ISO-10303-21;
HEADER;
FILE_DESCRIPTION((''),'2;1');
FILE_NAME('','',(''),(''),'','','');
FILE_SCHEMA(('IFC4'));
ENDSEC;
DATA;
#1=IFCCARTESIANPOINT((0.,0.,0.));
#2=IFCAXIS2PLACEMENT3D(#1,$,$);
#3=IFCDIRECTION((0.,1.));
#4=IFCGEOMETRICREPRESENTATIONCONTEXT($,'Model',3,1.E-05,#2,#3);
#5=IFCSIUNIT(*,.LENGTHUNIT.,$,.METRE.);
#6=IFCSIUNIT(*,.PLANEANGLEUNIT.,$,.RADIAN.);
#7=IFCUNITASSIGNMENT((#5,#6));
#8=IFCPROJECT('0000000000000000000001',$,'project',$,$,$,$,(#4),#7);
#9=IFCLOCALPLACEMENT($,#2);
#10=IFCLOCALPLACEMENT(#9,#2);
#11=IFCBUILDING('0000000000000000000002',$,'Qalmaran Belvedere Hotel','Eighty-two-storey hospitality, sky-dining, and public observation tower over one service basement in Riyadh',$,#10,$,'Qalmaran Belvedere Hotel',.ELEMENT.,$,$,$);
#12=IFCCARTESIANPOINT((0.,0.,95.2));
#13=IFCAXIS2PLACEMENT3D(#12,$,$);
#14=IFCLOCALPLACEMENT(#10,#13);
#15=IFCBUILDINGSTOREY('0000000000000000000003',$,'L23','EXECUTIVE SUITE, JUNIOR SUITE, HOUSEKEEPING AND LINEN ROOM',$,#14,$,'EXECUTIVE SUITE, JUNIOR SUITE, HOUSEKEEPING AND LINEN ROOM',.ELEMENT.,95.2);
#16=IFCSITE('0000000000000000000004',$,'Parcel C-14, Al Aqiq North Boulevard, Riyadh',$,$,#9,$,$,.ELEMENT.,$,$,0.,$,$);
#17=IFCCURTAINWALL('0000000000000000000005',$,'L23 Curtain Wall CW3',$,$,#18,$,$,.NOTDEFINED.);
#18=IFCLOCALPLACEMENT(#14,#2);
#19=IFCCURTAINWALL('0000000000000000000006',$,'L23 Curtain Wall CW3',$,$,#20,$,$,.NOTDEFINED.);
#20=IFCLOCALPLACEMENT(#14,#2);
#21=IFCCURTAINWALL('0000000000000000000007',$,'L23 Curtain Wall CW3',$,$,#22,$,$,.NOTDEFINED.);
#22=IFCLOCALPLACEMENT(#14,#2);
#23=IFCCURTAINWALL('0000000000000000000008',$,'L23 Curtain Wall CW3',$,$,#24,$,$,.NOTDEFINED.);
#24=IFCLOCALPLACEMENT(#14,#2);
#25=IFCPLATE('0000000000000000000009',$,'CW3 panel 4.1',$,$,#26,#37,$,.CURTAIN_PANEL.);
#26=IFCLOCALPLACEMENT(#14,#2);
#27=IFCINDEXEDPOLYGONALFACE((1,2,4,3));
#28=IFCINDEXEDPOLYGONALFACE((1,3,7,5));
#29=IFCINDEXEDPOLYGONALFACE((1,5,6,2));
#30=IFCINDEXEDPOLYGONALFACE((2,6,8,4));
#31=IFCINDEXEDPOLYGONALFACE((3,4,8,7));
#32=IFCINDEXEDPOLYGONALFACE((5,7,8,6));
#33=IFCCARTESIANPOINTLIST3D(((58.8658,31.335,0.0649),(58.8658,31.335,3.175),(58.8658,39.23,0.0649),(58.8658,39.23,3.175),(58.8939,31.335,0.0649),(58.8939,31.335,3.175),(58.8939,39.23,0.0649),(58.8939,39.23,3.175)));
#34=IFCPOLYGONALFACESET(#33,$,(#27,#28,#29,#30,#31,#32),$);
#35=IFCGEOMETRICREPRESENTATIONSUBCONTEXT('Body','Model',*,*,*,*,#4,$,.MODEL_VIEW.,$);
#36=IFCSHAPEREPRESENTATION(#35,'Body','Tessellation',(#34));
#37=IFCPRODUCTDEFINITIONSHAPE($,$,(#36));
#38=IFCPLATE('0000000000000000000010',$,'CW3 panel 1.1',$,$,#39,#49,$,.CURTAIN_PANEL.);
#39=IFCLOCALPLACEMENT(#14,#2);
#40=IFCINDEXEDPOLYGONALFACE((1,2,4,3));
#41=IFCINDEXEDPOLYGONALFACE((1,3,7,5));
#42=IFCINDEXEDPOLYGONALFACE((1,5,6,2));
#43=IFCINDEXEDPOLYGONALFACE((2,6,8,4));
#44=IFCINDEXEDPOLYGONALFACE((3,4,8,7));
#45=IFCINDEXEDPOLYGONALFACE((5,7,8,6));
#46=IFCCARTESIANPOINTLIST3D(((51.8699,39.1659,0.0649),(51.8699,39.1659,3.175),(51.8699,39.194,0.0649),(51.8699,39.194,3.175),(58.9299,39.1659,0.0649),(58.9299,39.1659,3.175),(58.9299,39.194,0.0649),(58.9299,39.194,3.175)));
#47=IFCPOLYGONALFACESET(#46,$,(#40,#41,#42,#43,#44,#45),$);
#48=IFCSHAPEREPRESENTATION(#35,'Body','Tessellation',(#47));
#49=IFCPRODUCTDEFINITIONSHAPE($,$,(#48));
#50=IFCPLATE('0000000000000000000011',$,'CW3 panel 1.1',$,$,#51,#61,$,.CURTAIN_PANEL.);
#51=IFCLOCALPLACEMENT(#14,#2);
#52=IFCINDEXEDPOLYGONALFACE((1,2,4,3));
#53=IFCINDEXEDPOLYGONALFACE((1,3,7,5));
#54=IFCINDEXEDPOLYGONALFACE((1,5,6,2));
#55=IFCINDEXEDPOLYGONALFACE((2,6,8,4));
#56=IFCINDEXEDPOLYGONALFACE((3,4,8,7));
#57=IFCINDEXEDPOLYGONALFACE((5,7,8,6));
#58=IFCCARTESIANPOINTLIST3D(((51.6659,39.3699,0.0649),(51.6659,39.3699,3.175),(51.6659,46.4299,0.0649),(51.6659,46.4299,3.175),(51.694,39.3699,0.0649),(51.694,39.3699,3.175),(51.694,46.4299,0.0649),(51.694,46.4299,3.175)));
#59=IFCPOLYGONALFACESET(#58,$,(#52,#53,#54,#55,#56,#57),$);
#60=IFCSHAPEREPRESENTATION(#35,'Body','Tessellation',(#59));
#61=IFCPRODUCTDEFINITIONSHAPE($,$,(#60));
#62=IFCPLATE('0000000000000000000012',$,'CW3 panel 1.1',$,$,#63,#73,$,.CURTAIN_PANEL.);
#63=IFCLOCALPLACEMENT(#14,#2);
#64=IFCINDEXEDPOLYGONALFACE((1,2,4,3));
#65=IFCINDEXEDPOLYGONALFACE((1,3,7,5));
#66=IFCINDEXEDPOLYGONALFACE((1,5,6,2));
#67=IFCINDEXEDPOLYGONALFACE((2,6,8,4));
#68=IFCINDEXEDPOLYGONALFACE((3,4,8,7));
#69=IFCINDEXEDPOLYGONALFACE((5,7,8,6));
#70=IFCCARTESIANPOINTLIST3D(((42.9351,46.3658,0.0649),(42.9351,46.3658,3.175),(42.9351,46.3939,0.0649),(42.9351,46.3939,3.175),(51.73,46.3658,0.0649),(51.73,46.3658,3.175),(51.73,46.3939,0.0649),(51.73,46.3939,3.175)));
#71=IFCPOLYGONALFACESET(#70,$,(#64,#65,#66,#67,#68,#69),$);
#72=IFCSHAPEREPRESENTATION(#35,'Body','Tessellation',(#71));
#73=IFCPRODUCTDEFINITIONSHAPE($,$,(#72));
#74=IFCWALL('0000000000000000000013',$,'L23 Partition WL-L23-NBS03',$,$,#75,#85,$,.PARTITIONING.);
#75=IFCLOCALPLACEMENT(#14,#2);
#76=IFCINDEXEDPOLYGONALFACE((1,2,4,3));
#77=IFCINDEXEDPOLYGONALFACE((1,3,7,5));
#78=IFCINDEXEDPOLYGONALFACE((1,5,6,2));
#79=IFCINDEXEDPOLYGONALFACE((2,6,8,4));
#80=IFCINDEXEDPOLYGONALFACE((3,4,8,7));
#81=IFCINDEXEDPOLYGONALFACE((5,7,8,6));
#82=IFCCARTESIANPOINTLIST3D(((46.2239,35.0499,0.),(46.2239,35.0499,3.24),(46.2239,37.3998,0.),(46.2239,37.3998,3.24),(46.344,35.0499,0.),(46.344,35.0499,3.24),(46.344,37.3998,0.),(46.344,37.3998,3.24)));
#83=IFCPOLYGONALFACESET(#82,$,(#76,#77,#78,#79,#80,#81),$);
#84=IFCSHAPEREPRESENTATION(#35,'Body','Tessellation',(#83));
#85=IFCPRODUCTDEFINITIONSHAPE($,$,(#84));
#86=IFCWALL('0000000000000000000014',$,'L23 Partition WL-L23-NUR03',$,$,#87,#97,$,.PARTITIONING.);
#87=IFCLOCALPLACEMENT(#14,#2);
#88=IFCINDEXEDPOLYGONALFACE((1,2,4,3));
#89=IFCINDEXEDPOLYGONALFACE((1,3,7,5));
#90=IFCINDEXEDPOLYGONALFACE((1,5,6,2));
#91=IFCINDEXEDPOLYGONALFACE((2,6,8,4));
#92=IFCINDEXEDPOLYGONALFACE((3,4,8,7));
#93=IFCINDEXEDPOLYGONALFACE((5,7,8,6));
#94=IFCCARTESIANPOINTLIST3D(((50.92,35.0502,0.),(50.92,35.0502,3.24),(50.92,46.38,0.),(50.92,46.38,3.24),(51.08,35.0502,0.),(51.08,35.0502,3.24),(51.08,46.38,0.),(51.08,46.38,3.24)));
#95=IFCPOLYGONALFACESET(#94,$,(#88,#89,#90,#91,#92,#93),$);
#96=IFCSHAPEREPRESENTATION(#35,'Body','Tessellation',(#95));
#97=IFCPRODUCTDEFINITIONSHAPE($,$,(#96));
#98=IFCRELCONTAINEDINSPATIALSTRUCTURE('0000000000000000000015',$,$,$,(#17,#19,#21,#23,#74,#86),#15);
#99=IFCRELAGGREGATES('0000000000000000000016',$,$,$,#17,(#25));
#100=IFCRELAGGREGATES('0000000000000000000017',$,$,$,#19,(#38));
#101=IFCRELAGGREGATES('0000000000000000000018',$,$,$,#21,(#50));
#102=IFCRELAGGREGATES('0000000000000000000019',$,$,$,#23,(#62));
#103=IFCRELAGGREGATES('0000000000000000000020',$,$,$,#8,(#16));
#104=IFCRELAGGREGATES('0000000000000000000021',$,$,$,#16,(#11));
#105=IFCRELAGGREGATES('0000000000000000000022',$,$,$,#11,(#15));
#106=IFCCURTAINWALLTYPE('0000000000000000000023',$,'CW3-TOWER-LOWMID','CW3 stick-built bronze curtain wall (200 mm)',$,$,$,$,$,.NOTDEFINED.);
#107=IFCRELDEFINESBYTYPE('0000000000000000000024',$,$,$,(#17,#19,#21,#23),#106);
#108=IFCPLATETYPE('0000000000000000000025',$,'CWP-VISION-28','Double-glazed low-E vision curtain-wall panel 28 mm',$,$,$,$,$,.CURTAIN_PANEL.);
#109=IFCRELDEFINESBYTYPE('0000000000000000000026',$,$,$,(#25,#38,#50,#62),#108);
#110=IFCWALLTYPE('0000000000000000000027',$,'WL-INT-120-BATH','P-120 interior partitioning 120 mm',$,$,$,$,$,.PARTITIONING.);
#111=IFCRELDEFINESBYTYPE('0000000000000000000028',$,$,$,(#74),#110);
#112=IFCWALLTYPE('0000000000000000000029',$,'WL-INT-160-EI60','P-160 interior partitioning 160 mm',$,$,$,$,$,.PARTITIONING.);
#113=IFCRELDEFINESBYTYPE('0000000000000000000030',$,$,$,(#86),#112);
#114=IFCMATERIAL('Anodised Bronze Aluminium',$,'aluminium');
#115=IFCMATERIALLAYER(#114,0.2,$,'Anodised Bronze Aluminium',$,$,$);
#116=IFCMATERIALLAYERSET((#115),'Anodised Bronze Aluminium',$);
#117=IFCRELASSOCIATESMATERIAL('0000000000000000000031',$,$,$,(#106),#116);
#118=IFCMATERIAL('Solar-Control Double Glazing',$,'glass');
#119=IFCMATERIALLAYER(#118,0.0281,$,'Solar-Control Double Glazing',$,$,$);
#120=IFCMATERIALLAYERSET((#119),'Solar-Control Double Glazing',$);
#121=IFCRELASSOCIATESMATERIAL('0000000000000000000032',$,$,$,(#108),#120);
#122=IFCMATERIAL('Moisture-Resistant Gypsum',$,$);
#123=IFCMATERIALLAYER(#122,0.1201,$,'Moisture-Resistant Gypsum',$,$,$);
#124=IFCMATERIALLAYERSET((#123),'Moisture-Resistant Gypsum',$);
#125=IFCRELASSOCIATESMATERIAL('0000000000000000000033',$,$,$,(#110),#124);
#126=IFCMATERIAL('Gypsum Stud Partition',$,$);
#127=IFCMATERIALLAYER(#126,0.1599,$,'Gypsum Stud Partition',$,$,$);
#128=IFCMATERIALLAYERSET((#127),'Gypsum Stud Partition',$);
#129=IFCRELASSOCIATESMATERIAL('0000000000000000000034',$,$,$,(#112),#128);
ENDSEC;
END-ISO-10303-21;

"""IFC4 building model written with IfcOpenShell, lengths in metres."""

from ifc_helpers import new_model, si_unit, direction, frame, frame_2d, origin, origin_2d, place, context, subcontext, project, spatial, rectangle, extrude, material, layer, layer_set, type_object, element, aggregate, save


model = new_model("IFC4")

# Units and contexts
model_context = context("Model", 3, precision=1e-05, world=origin(), true_north=direction((0.0, 1.0)))
body_context = subcontext(model_context, "Body", "Model", "MODEL_VIEW")
ifc_project = project(units=[si_unit("LENGTHUNIT", "METRE"), si_unit("PLANEANGLEUNIT", "RADIAN")], contexts=[model_context])

# Site, building, storey
site_placement = place(None, origin())
site = spatial("IfcSite", under=ifc_project, at=site_placement, Name="Parcel C-14, Al Aqiq North Boulevard, Riyadh", CompositionType="ELEMENT", RefElevation=0.0)
building_placement = place(site_placement, origin())
building = spatial("IfcBuilding", under=site, at=building_placement, Name="Qalmaran Belvedere Hotel", Description="Eighty-two-storey hospitality, sky-dining, and public observation tower over one service basement in Riyadh", LongName="Qalmaran Belvedere Hotel", CompositionType="ELEMENT")
storey_placement = place(building_placement, frame((0.0, 0.0, 95.2)))
storey = spatial("IfcBuildingStorey", under=building, at=storey_placement, Name="L23", Description="EXECUTIVE SUITE, JUNIOR SUITE, HOUSEKEEPING AND LINEN ROOM", LongName="EXECUTIVE SUITE, JUNIOR SUITE, HOUSEKEEPING AND LINEN ROOM", CompositionType="ELEMENT", Elevation=95.2)

# Curtain wall
ifc_material_1 = material(Name="Anodised Bronze Aluminium", Category="aluminium")
ifc_layer_1 = layer(ifc_material_1, 0.2, Name="Anodised Bronze Aluminium")
ifc_layer_set_1 = layer_set([ifc_layer_1], Name="Anodised Bronze Aluminium")
curtain_wall_type = type_object("IfcCurtainWallType", Name="CW3-TOWER-LOWMID", Description="CW3 stick-built bronze curtain wall (200 mm)", PredefinedType="NOTDEFINED", material=ifc_layer_set_1)
curtain_wall_1_placement = place(storey_placement, origin())
curtain_wall_1 = element("IfcCurtainWall", 1, at=curtain_wall_1_placement, inside=storey, type_object=curtain_wall_type, Name="L23 Curtain Wall CW3", PredefinedType="NOTDEFINED")

# Curtain walls
curtain_wall_2_placement = place(storey_placement, origin())
curtain_wall_2 = element("IfcCurtainWall", 2, at=curtain_wall_2_placement, inside=storey, type_object=curtain_wall_type, Name="L23 Curtain Wall CW3", PredefinedType="NOTDEFINED")
curtain_wall_3_placement = place(storey_placement, origin())
curtain_wall_3 = element("IfcCurtainWall", 3, at=curtain_wall_3_placement, inside=storey, type_object=curtain_wall_type, Name="L23 Curtain Wall CW3", PredefinedType="NOTDEFINED")

# Curtain wall
curtain_wall_4_placement = place(storey_placement, origin())
curtain_wall_4 = element("IfcCurtainWall", 4, at=curtain_wall_4_placement, inside=storey, type_object=curtain_wall_type, Name="L23 Curtain Wall CW3", PredefinedType="NOTDEFINED")

# Plates
ifc_material_2 = material(Name="Solar-Control Double Glazing", Category="glass")
ifc_layer_2 = layer(ifc_material_2, 0.0281, Name="Solar-Control Double Glazing")
ifc_layer_set_2 = layer_set([ifc_layer_2], Name="Solar-Control Double Glazing")
plate_type = type_object("IfcPlateType", Name="CWP-VISION-28", Description="Double-glazed low-E vision curtain-wall panel 28 mm", PredefinedType="CURTAIN_PANEL", material=ifc_layer_set_2)
plate_1_placement = place(storey_placement, frame((58.8799, 35.2825, 0.0649), z_axis=(0.0, 0.0, 1.0), x_axis=(0.0, 1.0, 0.0)))
plate_1 = element("IfcPlate", 5, at=plate_1_placement, type_object=plate_type, Name="CW3 panel 4.1", PredefinedType="CURTAIN_PANEL", context=body_context, shape_type="SweptSolid", body=[
    extrude(rectangle(XDim=7.895, YDim=0.0281, at=origin_2d()), origin(), (0.0, 0.0, 1.0), 3.1101),
])
aggregate(curtain_wall_1, [plate_1])
plate_2_placement = place(storey_placement, frame((55.3999, 39.1799, 0.0649), z_axis=(0.0, 0.0, 1.0), x_axis=(-1.0, 0.0, 0.0)))
plate_2 = element("IfcPlate", 6, at=plate_2_placement, type_object=plate_type, Name="CW3 panel 1.1", PredefinedType="CURTAIN_PANEL", context=body_context, shape_type="SweptSolid", body=[
    extrude(rectangle(XDim=7.0601, YDim=0.0281, at=origin_2d()), origin(), (0.0, 0.0, 1.0), 3.1101),
])
aggregate(curtain_wall_2, [plate_2])
plate_3_placement = place(storey_placement, frame((51.6799, 42.8999, 0.0649), z_axis=(0.0, 0.0, 1.0), x_axis=(0.0, 1.0, 0.0)))
plate_3 = element("IfcPlate", 7, at=plate_3_placement, type_object=plate_type, Name="CW3 panel 1.1", PredefinedType="CURTAIN_PANEL", context=body_context, shape_type="SweptSolid", body=[
    extrude(rectangle(XDim=7.0601, YDim=0.0281, at=origin_2d()), origin(), (0.0, 0.0, 1.0), 3.1101),
])
aggregate(curtain_wall_3, [plate_3])
plate_4_placement = place(storey_placement, frame((47.3325, 46.3799, 0.0649), z_axis=(0.0, 0.0, 1.0), x_axis=(-1.0, 0.0, 0.0)))
plate_4 = element("IfcPlate", 8, at=plate_4_placement, type_object=plate_type, Name="CW3 panel 1.1", PredefinedType="CURTAIN_PANEL", context=body_context, shape_type="SweptSolid", body=[
    extrude(rectangle(XDim=8.7949, YDim=0.0281, at=origin_2d()), origin(), (0.0, 0.0, 1.0), 3.1101),
])
aggregate(curtain_wall_4, [plate_4])

# Walls
ifc_material_3 = material(Name="Moisture-Resistant Gypsum")
ifc_layer_3 = layer(ifc_material_3, 0.1201, Name="Moisture-Resistant Gypsum")
ifc_layer_set_3 = layer_set([ifc_layer_3], Name="Moisture-Resistant Gypsum")
wall_type_1 = type_object("IfcWallType", Name="WL-INT-120-BATH", Description="P-120 interior partitioning 120 mm", PredefinedType="PARTITIONING", material=ifc_layer_set_3)
wall_1_placement = place(storey_placement, frame((46.2839, 35.05, 0.0), z_axis=(0.0, 0.0, 1.0), x_axis=(0.0, 1.0, 0.0)))
element("IfcWall", 9, at=wall_1_placement, inside=storey, type_object=wall_type_1, Name="L23 Partition WL-L23-NBS03", PredefinedType="PARTITIONING", context=body_context, shape_type="SweptSolid", body=[
    extrude(rectangle(XDim=2.3499, YDim=0.1201, at=frame_2d((1.1748, 0.0))), origin(), (0.0, 0.0, 1.0), 3.24),
])
ifc_material_4 = material(Name="Gypsum Stud Partition")
ifc_layer_4 = layer(ifc_material_4, 0.1599, Name="Gypsum Stud Partition")
ifc_layer_set_4 = layer_set([ifc_layer_4], Name="Gypsum Stud Partition")
wall_type_2 = type_object("IfcWallType", Name="WL-INT-160-EI60", Description="P-160 interior partitioning 160 mm", PredefinedType="PARTITIONING", material=ifc_layer_set_4)
wall_2_placement = place(storey_placement, frame((51.0, 35.05, 0.0), z_axis=(0.0, 0.0, 1.0), x_axis=(0.0, 1.0, 0.0)))
element("IfcWall", 10, at=wall_2_placement, inside=storey, type_object=wall_type_2, Name="L23 Partition WL-L23-NUR03", PredefinedType="PARTITIONING", context=body_context, shape_type="SweptSolid", body=[
    extrude(rectangle(XDim=11.3298, YDim=0.1599, at=frame_2d((5.665, 0.0))), origin(), (0.0, 0.0, 1.0), 3.24),
])

save(model, "model.ifc")
